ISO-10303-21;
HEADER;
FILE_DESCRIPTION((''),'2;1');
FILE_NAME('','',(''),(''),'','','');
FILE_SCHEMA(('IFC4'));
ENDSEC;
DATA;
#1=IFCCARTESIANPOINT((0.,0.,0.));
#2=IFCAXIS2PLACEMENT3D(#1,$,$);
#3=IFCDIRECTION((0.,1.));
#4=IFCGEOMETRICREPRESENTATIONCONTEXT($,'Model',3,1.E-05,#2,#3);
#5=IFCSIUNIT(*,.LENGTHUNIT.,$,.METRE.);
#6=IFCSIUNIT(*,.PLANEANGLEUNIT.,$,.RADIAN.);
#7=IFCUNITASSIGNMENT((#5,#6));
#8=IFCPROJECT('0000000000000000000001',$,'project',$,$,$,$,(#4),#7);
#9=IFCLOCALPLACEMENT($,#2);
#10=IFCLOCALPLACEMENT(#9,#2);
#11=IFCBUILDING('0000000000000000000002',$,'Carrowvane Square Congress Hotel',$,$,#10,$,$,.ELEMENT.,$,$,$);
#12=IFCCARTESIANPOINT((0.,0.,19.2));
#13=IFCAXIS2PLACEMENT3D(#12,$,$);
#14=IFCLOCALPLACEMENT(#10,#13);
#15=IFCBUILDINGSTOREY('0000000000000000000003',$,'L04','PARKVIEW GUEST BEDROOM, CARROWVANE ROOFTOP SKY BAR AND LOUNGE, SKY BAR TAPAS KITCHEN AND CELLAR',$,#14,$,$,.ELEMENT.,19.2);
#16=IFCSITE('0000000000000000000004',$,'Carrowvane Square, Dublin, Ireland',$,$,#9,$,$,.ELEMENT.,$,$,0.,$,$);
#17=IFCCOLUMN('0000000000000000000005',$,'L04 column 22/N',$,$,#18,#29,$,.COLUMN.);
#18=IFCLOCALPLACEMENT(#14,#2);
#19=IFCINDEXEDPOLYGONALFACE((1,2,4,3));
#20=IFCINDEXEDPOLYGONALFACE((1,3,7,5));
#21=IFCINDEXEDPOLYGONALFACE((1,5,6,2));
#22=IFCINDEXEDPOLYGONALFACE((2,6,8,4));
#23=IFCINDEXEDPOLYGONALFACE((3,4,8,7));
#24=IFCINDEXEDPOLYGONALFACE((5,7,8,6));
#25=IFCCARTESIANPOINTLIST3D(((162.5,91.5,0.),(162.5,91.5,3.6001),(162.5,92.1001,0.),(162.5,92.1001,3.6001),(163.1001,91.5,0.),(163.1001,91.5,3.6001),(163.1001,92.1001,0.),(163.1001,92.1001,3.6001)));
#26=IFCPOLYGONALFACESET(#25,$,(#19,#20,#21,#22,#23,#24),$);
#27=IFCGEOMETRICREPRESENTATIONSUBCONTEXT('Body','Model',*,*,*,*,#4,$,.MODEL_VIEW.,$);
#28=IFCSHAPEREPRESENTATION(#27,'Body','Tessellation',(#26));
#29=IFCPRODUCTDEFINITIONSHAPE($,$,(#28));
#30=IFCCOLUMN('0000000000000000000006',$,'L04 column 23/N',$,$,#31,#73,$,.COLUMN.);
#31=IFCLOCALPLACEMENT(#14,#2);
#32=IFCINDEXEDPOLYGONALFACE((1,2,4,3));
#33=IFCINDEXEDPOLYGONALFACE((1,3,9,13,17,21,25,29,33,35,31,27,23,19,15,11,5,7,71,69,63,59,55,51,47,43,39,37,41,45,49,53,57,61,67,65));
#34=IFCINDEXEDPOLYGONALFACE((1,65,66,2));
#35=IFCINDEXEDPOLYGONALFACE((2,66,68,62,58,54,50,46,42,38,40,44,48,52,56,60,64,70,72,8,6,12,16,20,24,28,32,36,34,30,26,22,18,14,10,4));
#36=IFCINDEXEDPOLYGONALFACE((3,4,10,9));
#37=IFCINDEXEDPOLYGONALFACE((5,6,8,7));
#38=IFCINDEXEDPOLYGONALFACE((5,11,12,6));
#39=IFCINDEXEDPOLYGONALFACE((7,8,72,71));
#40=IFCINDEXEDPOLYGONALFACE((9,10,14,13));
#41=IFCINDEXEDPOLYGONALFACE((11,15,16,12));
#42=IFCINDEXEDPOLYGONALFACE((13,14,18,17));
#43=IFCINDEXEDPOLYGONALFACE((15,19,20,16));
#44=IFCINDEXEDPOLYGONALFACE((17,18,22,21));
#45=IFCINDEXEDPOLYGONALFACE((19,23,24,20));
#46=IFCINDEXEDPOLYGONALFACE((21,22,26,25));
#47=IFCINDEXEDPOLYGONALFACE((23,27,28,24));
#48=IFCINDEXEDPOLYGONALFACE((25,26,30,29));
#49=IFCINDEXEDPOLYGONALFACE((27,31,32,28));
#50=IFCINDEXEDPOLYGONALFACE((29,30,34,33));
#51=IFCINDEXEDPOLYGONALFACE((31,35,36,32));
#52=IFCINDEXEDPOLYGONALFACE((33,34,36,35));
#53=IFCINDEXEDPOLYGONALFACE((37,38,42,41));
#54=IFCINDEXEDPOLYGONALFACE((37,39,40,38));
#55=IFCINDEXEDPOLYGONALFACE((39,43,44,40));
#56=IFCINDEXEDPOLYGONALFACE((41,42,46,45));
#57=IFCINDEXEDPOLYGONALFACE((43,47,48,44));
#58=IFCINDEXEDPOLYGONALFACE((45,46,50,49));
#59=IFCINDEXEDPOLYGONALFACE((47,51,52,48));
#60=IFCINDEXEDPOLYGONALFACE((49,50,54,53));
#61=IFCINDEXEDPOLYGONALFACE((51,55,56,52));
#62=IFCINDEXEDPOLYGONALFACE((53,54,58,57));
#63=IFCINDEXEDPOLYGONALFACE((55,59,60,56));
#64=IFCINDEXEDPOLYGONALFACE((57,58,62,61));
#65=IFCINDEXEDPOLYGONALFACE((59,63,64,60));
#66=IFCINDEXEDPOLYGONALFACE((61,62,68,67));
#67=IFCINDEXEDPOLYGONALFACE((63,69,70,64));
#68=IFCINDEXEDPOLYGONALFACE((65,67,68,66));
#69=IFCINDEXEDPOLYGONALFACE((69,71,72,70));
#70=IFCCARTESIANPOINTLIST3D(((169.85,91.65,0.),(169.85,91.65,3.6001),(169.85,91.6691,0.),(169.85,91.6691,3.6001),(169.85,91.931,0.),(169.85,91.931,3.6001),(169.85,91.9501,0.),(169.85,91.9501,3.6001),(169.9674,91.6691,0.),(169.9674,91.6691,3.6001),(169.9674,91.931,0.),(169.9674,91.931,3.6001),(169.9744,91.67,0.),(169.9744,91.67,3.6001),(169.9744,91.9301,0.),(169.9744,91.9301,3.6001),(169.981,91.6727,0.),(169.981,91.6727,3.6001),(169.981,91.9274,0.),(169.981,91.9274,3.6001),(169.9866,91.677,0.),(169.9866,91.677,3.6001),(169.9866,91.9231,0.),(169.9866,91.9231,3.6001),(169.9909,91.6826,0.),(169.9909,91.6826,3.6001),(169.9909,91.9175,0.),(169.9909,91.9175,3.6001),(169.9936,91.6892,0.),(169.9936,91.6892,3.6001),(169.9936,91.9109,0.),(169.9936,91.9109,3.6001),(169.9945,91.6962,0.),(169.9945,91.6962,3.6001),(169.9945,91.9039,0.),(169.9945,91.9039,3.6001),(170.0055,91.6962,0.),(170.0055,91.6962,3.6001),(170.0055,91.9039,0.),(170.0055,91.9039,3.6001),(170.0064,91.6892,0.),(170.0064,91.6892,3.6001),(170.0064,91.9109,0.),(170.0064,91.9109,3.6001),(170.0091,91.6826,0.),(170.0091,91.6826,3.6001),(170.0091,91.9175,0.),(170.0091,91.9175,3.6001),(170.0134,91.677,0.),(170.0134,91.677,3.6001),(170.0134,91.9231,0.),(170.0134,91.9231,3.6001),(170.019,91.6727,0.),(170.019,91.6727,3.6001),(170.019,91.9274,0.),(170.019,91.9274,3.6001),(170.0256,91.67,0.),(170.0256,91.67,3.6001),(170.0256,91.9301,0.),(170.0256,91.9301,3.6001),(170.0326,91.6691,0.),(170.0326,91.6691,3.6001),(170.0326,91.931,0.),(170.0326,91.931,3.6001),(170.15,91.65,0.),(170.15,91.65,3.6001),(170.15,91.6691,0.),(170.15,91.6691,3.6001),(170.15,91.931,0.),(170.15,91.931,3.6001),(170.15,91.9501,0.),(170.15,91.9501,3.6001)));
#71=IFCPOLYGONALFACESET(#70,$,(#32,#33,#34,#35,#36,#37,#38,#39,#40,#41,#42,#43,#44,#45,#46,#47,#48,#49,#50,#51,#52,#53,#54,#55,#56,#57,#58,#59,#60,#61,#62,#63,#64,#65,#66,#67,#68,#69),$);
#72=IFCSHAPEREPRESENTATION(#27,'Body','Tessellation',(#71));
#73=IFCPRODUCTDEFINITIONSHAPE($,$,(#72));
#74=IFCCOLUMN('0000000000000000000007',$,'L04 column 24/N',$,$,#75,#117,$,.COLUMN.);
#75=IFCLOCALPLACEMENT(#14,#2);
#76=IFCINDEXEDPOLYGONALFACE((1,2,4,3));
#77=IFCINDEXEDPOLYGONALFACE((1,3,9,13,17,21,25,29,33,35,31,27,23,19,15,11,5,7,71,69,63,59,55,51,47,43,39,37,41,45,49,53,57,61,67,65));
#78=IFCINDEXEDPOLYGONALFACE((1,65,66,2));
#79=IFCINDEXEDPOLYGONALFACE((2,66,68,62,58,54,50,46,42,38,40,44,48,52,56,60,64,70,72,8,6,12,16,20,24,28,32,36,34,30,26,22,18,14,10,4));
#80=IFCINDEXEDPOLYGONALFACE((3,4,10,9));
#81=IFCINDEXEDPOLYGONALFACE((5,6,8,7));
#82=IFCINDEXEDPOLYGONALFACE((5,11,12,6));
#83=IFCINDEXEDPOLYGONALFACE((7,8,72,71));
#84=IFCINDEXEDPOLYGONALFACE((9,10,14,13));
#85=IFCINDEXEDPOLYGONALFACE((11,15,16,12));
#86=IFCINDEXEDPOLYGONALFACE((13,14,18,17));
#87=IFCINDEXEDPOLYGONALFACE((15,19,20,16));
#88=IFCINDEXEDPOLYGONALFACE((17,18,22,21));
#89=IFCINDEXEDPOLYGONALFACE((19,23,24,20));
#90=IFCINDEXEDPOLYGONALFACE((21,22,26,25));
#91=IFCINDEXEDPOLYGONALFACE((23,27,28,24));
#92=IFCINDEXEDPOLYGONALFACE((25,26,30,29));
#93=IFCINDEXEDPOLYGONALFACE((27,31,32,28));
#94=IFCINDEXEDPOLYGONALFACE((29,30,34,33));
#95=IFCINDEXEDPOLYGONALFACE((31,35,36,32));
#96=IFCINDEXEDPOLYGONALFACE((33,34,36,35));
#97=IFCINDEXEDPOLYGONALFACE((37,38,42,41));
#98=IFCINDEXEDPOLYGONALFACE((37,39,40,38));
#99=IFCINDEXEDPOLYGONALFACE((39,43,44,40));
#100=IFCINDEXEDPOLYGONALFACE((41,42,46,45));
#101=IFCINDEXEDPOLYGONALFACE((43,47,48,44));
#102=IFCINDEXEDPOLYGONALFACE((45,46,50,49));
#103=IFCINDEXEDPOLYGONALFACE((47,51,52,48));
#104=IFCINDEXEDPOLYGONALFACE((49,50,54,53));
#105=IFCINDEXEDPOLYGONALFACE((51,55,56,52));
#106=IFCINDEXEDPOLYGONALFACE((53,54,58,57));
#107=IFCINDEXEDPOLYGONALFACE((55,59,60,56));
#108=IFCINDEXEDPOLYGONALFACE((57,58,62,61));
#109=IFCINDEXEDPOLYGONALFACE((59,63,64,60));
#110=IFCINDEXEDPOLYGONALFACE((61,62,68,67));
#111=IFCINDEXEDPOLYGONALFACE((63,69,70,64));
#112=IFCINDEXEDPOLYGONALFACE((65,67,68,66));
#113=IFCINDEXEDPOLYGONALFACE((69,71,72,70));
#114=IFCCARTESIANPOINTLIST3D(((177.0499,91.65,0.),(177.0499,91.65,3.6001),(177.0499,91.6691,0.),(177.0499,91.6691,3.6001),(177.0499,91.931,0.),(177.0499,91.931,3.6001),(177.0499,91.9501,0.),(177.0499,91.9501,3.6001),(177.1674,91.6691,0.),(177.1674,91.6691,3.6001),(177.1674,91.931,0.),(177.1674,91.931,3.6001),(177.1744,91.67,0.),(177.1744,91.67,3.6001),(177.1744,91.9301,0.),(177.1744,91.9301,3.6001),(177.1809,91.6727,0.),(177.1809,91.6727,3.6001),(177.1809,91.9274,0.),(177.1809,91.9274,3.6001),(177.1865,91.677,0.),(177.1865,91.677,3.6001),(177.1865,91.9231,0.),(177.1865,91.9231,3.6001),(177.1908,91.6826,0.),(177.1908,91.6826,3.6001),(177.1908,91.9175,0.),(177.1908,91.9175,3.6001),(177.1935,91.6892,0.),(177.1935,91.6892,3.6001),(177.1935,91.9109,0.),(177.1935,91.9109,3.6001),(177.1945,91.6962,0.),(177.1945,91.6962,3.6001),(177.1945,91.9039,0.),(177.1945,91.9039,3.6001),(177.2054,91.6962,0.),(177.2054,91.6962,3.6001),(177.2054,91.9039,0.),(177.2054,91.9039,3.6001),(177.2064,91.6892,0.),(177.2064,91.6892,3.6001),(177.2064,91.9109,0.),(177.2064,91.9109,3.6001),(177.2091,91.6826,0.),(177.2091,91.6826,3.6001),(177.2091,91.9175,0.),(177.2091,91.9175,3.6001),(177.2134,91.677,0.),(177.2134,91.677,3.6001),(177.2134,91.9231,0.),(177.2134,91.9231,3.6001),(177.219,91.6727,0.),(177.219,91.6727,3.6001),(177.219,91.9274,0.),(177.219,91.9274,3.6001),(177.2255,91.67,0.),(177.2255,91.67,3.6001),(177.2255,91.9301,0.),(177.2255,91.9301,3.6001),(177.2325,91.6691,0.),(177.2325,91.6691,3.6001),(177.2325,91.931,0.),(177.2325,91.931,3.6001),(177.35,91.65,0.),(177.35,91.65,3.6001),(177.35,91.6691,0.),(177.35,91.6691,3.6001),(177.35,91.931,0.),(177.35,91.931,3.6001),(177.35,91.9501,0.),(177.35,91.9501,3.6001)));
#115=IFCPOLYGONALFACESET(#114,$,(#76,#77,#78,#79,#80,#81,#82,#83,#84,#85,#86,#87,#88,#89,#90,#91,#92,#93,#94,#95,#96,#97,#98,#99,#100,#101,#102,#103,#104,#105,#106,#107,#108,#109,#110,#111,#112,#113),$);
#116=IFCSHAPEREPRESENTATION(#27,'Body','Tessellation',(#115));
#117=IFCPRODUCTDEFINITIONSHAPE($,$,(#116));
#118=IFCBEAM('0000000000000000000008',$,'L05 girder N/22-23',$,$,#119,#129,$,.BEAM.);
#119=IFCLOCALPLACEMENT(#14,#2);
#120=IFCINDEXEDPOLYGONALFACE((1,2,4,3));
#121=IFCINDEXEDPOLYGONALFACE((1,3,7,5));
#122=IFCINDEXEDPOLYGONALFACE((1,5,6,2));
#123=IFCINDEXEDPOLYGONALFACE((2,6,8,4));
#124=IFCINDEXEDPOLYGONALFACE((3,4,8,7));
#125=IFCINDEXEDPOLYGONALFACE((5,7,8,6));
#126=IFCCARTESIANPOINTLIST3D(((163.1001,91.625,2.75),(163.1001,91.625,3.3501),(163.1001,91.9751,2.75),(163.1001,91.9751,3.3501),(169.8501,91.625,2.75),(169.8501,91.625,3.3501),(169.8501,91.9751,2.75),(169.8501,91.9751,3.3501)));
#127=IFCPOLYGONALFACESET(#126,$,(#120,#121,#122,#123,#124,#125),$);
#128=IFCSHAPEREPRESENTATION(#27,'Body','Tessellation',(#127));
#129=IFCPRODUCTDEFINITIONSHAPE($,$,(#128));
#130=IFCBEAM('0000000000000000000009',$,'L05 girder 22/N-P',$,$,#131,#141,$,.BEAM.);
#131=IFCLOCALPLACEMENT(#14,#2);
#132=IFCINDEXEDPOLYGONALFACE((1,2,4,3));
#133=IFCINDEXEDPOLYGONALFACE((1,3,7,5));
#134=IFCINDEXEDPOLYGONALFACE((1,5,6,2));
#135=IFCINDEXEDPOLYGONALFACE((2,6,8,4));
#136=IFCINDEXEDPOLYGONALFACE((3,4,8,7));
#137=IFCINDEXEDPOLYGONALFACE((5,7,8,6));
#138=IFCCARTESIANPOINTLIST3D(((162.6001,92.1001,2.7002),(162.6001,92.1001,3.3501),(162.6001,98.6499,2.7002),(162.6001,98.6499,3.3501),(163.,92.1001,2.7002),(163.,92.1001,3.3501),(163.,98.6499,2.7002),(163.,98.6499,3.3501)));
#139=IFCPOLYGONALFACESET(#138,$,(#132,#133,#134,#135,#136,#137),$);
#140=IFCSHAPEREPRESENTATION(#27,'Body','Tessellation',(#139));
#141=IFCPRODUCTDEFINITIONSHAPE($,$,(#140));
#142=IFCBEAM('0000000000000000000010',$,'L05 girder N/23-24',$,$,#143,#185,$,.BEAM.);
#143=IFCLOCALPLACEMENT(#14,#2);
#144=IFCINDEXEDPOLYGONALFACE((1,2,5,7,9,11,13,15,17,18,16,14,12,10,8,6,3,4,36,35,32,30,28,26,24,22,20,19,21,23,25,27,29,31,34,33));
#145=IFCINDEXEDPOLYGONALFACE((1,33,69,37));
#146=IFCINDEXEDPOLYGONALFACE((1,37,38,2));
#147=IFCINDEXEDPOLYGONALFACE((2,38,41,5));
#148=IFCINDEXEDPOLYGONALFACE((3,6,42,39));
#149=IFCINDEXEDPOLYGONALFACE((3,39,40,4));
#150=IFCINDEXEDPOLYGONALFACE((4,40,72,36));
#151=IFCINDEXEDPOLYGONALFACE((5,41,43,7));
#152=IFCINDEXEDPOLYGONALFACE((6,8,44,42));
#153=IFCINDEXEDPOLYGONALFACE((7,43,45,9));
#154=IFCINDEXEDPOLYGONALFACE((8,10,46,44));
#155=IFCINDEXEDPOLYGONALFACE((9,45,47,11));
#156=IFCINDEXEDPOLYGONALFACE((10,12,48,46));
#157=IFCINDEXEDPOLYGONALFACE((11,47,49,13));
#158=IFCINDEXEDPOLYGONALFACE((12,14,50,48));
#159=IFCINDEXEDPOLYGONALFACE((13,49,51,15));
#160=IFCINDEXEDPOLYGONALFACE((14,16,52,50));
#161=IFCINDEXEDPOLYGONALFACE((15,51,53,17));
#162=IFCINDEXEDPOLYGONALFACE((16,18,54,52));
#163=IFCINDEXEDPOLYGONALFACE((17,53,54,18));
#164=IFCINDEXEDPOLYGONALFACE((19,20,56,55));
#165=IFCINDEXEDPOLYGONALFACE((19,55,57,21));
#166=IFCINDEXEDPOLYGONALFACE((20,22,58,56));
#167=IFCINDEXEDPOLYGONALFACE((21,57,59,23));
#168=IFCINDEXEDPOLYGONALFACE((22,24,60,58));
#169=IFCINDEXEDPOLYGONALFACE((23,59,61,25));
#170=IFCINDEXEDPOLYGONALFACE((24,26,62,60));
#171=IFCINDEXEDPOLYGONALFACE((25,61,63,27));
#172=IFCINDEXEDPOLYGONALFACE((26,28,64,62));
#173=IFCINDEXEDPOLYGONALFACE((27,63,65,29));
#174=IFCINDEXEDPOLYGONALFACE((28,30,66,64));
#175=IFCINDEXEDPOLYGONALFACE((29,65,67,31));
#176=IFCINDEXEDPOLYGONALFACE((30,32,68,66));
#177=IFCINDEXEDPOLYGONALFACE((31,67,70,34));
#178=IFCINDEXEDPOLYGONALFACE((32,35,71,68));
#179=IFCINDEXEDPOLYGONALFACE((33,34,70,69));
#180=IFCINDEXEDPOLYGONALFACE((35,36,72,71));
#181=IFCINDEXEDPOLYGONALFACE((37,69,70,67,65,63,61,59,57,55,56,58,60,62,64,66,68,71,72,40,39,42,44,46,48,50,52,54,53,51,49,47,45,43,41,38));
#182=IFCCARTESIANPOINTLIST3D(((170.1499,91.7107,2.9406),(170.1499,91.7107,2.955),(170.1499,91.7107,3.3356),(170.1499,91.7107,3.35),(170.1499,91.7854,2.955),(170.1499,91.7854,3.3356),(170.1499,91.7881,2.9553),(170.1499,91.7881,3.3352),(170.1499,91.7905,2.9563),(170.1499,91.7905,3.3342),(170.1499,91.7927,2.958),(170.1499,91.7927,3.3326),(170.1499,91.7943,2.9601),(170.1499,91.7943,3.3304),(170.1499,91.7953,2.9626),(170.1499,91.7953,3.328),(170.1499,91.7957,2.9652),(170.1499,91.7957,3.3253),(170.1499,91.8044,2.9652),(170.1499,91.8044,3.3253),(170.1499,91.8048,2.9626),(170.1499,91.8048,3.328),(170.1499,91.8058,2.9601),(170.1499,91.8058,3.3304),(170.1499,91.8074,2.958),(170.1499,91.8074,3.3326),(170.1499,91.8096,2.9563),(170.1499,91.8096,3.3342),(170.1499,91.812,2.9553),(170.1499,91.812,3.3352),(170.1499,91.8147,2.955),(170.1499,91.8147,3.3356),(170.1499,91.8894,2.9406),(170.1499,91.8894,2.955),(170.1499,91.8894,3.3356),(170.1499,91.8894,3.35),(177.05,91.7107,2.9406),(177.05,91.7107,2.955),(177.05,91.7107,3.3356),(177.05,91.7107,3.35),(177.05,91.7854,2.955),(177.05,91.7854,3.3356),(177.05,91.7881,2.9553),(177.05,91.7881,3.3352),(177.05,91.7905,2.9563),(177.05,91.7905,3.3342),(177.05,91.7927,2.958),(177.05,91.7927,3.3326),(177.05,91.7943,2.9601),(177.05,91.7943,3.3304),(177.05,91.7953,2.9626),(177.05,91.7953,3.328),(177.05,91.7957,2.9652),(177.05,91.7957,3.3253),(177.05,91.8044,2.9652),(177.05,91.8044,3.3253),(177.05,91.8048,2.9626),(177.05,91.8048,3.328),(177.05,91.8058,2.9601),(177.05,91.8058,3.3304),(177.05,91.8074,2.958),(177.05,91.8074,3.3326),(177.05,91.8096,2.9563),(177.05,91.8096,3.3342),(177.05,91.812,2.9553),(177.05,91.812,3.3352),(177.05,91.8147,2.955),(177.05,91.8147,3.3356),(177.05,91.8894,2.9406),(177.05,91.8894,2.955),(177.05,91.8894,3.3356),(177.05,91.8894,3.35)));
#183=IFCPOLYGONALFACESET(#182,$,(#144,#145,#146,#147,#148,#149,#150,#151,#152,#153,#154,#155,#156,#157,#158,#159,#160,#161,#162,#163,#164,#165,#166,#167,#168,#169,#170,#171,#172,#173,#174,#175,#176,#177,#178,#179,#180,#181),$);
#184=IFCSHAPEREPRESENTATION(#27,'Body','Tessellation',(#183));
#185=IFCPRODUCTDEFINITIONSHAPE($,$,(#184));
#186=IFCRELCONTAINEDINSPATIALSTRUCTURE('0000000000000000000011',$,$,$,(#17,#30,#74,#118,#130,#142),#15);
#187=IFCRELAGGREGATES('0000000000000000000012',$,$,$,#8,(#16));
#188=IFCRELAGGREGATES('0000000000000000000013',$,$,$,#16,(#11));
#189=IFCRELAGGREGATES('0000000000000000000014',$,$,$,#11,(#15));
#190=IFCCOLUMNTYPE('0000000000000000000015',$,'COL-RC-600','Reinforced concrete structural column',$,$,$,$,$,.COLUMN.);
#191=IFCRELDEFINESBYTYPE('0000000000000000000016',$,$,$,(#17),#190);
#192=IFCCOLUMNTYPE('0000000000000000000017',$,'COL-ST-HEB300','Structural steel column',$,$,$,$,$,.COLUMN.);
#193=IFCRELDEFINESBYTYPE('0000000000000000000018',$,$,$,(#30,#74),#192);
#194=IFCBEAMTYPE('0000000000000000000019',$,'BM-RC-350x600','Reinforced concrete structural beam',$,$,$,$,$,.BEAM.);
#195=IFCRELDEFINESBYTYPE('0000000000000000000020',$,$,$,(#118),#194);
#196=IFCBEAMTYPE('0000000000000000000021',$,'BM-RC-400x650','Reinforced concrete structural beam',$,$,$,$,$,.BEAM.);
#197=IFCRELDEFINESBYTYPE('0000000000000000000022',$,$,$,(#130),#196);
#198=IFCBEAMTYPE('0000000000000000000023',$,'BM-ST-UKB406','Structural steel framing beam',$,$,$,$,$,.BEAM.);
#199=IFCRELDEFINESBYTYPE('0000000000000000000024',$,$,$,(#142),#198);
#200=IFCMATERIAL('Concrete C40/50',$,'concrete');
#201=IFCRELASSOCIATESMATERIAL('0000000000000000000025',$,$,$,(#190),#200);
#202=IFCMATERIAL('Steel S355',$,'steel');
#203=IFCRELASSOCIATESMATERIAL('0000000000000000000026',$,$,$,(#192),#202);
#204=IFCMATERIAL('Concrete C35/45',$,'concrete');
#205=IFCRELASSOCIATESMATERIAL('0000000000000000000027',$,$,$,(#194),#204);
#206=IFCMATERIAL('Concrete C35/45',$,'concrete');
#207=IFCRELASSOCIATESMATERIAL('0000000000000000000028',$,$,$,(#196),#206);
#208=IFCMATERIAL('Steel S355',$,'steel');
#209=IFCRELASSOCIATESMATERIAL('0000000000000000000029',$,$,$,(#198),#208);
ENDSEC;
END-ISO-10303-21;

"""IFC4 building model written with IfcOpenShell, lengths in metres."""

from ifc_helpers import new_model, si_unit, direction, frame, origin, origin_2d, place, context, subcontext, project, spatial, rectangle, i_section, extrude, material, material_profile, profile_set, type_object, element, save


model = new_model("IFC4")

# Units and contexts
model_context = context("Model", 3, precision=1e-05, world=origin(), true_north=direction((0.0, 1.0)))
body_context = subcontext(model_context, "Body", "Model", "MODEL_VIEW")
ifc_project = project(units=[si_unit("LENGTHUNIT", "METRE"), si_unit("PLANEANGLEUNIT", "RADIAN")], contexts=[model_context])

# Site, building, storey
site_placement = place(None, origin())
site = spatial("IfcSite", under=ifc_project, at=site_placement, Name="Carrowvane Square, Dublin, Ireland", CompositionType="ELEMENT", RefElevation=0.0)
building_placement = place(site_placement, origin())
building = spatial("IfcBuilding", under=site, at=building_placement, Name="Carrowvane Square Congress Hotel", CompositionType="ELEMENT")
storey_placement = place(building_placement, frame((0.0, 0.0, 19.2)))
storey = spatial("IfcBuildingStorey", under=building, at=storey_placement, Name="L04", Description="PARKVIEW GUEST BEDROOM, CARROWVANE ROOFTOP SKY BAR AND LOUNGE, SKY BAR TAPAS KITCHEN AND CELLAR", CompositionType="ELEMENT", Elevation=19.2)

# Columns
ifc_material_1 = material(Name="Concrete C40/50", Category="concrete")
ifc_material_profile_1 = material_profile(ifc_material_1, rectangle(XDim=0.6001, YDim=0.6001, at=origin_2d()), Name="RC 600x600")
ifc_profile_set_1 = profile_set([ifc_material_profile_1], Name="Concrete C40/50")
column_type_1 = type_object("IfcColumnType", Name="COL-RC-600", Description="Reinforced concrete structural column", PredefinedType="COLUMN", material=ifc_profile_set_1)
column_placement = place(storey_placement, frame((162.8, 91.8, 0.0), z_axis=(0.0, 0.0, 1.0), x_axis=(1.0, 0.0, 0.0)))
element("IfcColumn", 1, at=column_placement, inside=storey, type_object=column_type_1, Name="L04 column 22/N", PredefinedType="COLUMN", context=body_context, shape_type="SweptSolid", body=[
    extrude(rectangle(XDim=0.6001, YDim=0.6001, at=origin_2d()), origin(), (0.0, 0.0, 1.0), 3.6001),
])
ifc_material_2 = material(Name="Steel S355", Category="steel")
ifc_material_profile_2 = material_profile(ifc_material_2, i_section(OverallWidth=0.3, OverallDepth=0.3, WebThickness=0.011, FlangeThickness=0.019, FilletRadius=0.0271, at=origin_2d()), Name="HEB 300")
ifc_profile_set_2 = profile_set([ifc_material_profile_2], Name="Steel S355")
column_type_2 = type_object("IfcColumnType", Name="COL-ST-HEB300", Description="Structural steel column", PredefinedType="COLUMN", material=ifc_profile_set_2)
for number, where, z_axis, x_axis, name in (
    (2, (170.0, 91.8, 0.0), (0.0, 0.0, 1.0), (1.0, 0.0, 0.0), "L04 column 23/N"),
    (3, (177.2, 91.8, 0.0), (0.0, 0.0, 1.0), (1.0, 0.0, 0.0), "L04 column 24/N"),
):
    element("IfcColumn", number, at=place(storey_placement, frame(where, z_axis=z_axis, x_axis=x_axis)), inside=storey, type_object=column_type_2, Name=name, PredefinedType="COLUMN", context=body_context, shape_type="SweptSolid", body=[
        extrude(i_section(OverallWidth=0.3, OverallDepth=0.3, WebThickness=0.011, FlangeThickness=0.019, FilletRadius=0.0271, at=origin_2d()), origin(), (0.0, 0.0, 1.0), 3.6001),
    ])

# Beams
ifc_material_3 = material(Name="Concrete C35/45", Category="concrete")
ifc_material_profile_3 = material_profile(ifc_material_3, rectangle(XDim=0.3501, YDim=0.6001, at=origin_2d()), Name="RC 350x600")
ifc_profile_set_3 = profile_set([ifc_material_profile_3], Name="Concrete C35/45")
beam_type_1 = type_object("IfcBeamType", Name="BM-RC-350x600", Description="Reinforced concrete structural beam", PredefinedType="BEAM", material=ifc_profile_set_3)
beam_1_placement = place(storey_placement, frame((163.1001, 91.8, 3.05), z_axis=(1.0, 0.0, 0.0), x_axis=(0.0, 1.0, 0.0)))
element("IfcBeam", 4, at=beam_1_placement, inside=storey, type_object=beam_type_1, Name="L05 girder N/22-23", PredefinedType="BEAM", context=body_context, shape_type="SweptSolid", body=[
    extrude(rectangle(XDim=0.3501, YDim=0.6001, at=origin_2d()), origin(), (0.0, 0.0, 1.0), 6.75),
])
ifc_material_4 = material(Name="Concrete C35/45", Category="concrete")
ifc_material_profile_4 = material_profile(ifc_material_4, rectangle(XDim=0.3999, YDim=0.6499, at=origin_2d()), Name="RC 400x650")
ifc_profile_set_4 = profile_set([ifc_material_profile_4], Name="Concrete C35/45")
beam_type_2 = type_object("IfcBeamType", Name="BM-RC-400x650", Description="Reinforced concrete structural beam", PredefinedType="BEAM", material=ifc_profile_set_4)
beam_2_placement = place(storey_placement, frame((162.8, 92.1001, 3.0251), z_axis=(0.0, 1.0, 0.0), x_axis=(-1.0, 0.0, 0.0)))
element("IfcBeam", 5, at=beam_2_placement, inside=storey, type_object=beam_type_2, Name="L05 girder 22/N-P", PredefinedType="BEAM", context=body_context, shape_type="SweptSolid", body=[
    extrude(rectangle(XDim=0.3999, YDim=0.6499, at=origin_2d()), origin(), (0.0, 0.0, 1.0), 6.5498),
])
ifc_material_5 = material(Name="Steel S355", Category="steel")
ifc_material_profile_5 = material_profile(ifc_material_5, i_section(OverallWidth=0.1787, OverallDepth=0.4094, WebThickness=0.0088, FlangeThickness=0.0144, FilletRadius=0.0103, at=origin_2d()), Name="UKB 406x178x67")
ifc_profile_set_5 = profile_set([ifc_material_profile_5], Name="Steel S355")
beam_type_3 = type_object("IfcBeamType", Name="BM-ST-UKB406", Description="Structural steel framing beam", PredefinedType="BEAM", material=ifc_profile_set_5)
beam_3_placement = place(storey_placement, frame((170.1499, 91.8, 3.1453), z_axis=(1.0, 0.0, 0.0), x_axis=(0.0, 1.0, 0.0)))
element("IfcBeam", 6, at=beam_3_placement, inside=storey, type_object=beam_type_3, Name="L05 girder N/23-24", PredefinedType="BEAM", context=body_context, shape_type="SweptSolid", body=[
    extrude(i_section(OverallWidth=0.1787, OverallDepth=0.4094, WebThickness=0.0088, FlangeThickness=0.0144, FilletRadius=0.0103, at=origin_2d()), origin(), (0.0, 0.0, 1.0), 6.9001),
])

save(model, "model.ifc")
